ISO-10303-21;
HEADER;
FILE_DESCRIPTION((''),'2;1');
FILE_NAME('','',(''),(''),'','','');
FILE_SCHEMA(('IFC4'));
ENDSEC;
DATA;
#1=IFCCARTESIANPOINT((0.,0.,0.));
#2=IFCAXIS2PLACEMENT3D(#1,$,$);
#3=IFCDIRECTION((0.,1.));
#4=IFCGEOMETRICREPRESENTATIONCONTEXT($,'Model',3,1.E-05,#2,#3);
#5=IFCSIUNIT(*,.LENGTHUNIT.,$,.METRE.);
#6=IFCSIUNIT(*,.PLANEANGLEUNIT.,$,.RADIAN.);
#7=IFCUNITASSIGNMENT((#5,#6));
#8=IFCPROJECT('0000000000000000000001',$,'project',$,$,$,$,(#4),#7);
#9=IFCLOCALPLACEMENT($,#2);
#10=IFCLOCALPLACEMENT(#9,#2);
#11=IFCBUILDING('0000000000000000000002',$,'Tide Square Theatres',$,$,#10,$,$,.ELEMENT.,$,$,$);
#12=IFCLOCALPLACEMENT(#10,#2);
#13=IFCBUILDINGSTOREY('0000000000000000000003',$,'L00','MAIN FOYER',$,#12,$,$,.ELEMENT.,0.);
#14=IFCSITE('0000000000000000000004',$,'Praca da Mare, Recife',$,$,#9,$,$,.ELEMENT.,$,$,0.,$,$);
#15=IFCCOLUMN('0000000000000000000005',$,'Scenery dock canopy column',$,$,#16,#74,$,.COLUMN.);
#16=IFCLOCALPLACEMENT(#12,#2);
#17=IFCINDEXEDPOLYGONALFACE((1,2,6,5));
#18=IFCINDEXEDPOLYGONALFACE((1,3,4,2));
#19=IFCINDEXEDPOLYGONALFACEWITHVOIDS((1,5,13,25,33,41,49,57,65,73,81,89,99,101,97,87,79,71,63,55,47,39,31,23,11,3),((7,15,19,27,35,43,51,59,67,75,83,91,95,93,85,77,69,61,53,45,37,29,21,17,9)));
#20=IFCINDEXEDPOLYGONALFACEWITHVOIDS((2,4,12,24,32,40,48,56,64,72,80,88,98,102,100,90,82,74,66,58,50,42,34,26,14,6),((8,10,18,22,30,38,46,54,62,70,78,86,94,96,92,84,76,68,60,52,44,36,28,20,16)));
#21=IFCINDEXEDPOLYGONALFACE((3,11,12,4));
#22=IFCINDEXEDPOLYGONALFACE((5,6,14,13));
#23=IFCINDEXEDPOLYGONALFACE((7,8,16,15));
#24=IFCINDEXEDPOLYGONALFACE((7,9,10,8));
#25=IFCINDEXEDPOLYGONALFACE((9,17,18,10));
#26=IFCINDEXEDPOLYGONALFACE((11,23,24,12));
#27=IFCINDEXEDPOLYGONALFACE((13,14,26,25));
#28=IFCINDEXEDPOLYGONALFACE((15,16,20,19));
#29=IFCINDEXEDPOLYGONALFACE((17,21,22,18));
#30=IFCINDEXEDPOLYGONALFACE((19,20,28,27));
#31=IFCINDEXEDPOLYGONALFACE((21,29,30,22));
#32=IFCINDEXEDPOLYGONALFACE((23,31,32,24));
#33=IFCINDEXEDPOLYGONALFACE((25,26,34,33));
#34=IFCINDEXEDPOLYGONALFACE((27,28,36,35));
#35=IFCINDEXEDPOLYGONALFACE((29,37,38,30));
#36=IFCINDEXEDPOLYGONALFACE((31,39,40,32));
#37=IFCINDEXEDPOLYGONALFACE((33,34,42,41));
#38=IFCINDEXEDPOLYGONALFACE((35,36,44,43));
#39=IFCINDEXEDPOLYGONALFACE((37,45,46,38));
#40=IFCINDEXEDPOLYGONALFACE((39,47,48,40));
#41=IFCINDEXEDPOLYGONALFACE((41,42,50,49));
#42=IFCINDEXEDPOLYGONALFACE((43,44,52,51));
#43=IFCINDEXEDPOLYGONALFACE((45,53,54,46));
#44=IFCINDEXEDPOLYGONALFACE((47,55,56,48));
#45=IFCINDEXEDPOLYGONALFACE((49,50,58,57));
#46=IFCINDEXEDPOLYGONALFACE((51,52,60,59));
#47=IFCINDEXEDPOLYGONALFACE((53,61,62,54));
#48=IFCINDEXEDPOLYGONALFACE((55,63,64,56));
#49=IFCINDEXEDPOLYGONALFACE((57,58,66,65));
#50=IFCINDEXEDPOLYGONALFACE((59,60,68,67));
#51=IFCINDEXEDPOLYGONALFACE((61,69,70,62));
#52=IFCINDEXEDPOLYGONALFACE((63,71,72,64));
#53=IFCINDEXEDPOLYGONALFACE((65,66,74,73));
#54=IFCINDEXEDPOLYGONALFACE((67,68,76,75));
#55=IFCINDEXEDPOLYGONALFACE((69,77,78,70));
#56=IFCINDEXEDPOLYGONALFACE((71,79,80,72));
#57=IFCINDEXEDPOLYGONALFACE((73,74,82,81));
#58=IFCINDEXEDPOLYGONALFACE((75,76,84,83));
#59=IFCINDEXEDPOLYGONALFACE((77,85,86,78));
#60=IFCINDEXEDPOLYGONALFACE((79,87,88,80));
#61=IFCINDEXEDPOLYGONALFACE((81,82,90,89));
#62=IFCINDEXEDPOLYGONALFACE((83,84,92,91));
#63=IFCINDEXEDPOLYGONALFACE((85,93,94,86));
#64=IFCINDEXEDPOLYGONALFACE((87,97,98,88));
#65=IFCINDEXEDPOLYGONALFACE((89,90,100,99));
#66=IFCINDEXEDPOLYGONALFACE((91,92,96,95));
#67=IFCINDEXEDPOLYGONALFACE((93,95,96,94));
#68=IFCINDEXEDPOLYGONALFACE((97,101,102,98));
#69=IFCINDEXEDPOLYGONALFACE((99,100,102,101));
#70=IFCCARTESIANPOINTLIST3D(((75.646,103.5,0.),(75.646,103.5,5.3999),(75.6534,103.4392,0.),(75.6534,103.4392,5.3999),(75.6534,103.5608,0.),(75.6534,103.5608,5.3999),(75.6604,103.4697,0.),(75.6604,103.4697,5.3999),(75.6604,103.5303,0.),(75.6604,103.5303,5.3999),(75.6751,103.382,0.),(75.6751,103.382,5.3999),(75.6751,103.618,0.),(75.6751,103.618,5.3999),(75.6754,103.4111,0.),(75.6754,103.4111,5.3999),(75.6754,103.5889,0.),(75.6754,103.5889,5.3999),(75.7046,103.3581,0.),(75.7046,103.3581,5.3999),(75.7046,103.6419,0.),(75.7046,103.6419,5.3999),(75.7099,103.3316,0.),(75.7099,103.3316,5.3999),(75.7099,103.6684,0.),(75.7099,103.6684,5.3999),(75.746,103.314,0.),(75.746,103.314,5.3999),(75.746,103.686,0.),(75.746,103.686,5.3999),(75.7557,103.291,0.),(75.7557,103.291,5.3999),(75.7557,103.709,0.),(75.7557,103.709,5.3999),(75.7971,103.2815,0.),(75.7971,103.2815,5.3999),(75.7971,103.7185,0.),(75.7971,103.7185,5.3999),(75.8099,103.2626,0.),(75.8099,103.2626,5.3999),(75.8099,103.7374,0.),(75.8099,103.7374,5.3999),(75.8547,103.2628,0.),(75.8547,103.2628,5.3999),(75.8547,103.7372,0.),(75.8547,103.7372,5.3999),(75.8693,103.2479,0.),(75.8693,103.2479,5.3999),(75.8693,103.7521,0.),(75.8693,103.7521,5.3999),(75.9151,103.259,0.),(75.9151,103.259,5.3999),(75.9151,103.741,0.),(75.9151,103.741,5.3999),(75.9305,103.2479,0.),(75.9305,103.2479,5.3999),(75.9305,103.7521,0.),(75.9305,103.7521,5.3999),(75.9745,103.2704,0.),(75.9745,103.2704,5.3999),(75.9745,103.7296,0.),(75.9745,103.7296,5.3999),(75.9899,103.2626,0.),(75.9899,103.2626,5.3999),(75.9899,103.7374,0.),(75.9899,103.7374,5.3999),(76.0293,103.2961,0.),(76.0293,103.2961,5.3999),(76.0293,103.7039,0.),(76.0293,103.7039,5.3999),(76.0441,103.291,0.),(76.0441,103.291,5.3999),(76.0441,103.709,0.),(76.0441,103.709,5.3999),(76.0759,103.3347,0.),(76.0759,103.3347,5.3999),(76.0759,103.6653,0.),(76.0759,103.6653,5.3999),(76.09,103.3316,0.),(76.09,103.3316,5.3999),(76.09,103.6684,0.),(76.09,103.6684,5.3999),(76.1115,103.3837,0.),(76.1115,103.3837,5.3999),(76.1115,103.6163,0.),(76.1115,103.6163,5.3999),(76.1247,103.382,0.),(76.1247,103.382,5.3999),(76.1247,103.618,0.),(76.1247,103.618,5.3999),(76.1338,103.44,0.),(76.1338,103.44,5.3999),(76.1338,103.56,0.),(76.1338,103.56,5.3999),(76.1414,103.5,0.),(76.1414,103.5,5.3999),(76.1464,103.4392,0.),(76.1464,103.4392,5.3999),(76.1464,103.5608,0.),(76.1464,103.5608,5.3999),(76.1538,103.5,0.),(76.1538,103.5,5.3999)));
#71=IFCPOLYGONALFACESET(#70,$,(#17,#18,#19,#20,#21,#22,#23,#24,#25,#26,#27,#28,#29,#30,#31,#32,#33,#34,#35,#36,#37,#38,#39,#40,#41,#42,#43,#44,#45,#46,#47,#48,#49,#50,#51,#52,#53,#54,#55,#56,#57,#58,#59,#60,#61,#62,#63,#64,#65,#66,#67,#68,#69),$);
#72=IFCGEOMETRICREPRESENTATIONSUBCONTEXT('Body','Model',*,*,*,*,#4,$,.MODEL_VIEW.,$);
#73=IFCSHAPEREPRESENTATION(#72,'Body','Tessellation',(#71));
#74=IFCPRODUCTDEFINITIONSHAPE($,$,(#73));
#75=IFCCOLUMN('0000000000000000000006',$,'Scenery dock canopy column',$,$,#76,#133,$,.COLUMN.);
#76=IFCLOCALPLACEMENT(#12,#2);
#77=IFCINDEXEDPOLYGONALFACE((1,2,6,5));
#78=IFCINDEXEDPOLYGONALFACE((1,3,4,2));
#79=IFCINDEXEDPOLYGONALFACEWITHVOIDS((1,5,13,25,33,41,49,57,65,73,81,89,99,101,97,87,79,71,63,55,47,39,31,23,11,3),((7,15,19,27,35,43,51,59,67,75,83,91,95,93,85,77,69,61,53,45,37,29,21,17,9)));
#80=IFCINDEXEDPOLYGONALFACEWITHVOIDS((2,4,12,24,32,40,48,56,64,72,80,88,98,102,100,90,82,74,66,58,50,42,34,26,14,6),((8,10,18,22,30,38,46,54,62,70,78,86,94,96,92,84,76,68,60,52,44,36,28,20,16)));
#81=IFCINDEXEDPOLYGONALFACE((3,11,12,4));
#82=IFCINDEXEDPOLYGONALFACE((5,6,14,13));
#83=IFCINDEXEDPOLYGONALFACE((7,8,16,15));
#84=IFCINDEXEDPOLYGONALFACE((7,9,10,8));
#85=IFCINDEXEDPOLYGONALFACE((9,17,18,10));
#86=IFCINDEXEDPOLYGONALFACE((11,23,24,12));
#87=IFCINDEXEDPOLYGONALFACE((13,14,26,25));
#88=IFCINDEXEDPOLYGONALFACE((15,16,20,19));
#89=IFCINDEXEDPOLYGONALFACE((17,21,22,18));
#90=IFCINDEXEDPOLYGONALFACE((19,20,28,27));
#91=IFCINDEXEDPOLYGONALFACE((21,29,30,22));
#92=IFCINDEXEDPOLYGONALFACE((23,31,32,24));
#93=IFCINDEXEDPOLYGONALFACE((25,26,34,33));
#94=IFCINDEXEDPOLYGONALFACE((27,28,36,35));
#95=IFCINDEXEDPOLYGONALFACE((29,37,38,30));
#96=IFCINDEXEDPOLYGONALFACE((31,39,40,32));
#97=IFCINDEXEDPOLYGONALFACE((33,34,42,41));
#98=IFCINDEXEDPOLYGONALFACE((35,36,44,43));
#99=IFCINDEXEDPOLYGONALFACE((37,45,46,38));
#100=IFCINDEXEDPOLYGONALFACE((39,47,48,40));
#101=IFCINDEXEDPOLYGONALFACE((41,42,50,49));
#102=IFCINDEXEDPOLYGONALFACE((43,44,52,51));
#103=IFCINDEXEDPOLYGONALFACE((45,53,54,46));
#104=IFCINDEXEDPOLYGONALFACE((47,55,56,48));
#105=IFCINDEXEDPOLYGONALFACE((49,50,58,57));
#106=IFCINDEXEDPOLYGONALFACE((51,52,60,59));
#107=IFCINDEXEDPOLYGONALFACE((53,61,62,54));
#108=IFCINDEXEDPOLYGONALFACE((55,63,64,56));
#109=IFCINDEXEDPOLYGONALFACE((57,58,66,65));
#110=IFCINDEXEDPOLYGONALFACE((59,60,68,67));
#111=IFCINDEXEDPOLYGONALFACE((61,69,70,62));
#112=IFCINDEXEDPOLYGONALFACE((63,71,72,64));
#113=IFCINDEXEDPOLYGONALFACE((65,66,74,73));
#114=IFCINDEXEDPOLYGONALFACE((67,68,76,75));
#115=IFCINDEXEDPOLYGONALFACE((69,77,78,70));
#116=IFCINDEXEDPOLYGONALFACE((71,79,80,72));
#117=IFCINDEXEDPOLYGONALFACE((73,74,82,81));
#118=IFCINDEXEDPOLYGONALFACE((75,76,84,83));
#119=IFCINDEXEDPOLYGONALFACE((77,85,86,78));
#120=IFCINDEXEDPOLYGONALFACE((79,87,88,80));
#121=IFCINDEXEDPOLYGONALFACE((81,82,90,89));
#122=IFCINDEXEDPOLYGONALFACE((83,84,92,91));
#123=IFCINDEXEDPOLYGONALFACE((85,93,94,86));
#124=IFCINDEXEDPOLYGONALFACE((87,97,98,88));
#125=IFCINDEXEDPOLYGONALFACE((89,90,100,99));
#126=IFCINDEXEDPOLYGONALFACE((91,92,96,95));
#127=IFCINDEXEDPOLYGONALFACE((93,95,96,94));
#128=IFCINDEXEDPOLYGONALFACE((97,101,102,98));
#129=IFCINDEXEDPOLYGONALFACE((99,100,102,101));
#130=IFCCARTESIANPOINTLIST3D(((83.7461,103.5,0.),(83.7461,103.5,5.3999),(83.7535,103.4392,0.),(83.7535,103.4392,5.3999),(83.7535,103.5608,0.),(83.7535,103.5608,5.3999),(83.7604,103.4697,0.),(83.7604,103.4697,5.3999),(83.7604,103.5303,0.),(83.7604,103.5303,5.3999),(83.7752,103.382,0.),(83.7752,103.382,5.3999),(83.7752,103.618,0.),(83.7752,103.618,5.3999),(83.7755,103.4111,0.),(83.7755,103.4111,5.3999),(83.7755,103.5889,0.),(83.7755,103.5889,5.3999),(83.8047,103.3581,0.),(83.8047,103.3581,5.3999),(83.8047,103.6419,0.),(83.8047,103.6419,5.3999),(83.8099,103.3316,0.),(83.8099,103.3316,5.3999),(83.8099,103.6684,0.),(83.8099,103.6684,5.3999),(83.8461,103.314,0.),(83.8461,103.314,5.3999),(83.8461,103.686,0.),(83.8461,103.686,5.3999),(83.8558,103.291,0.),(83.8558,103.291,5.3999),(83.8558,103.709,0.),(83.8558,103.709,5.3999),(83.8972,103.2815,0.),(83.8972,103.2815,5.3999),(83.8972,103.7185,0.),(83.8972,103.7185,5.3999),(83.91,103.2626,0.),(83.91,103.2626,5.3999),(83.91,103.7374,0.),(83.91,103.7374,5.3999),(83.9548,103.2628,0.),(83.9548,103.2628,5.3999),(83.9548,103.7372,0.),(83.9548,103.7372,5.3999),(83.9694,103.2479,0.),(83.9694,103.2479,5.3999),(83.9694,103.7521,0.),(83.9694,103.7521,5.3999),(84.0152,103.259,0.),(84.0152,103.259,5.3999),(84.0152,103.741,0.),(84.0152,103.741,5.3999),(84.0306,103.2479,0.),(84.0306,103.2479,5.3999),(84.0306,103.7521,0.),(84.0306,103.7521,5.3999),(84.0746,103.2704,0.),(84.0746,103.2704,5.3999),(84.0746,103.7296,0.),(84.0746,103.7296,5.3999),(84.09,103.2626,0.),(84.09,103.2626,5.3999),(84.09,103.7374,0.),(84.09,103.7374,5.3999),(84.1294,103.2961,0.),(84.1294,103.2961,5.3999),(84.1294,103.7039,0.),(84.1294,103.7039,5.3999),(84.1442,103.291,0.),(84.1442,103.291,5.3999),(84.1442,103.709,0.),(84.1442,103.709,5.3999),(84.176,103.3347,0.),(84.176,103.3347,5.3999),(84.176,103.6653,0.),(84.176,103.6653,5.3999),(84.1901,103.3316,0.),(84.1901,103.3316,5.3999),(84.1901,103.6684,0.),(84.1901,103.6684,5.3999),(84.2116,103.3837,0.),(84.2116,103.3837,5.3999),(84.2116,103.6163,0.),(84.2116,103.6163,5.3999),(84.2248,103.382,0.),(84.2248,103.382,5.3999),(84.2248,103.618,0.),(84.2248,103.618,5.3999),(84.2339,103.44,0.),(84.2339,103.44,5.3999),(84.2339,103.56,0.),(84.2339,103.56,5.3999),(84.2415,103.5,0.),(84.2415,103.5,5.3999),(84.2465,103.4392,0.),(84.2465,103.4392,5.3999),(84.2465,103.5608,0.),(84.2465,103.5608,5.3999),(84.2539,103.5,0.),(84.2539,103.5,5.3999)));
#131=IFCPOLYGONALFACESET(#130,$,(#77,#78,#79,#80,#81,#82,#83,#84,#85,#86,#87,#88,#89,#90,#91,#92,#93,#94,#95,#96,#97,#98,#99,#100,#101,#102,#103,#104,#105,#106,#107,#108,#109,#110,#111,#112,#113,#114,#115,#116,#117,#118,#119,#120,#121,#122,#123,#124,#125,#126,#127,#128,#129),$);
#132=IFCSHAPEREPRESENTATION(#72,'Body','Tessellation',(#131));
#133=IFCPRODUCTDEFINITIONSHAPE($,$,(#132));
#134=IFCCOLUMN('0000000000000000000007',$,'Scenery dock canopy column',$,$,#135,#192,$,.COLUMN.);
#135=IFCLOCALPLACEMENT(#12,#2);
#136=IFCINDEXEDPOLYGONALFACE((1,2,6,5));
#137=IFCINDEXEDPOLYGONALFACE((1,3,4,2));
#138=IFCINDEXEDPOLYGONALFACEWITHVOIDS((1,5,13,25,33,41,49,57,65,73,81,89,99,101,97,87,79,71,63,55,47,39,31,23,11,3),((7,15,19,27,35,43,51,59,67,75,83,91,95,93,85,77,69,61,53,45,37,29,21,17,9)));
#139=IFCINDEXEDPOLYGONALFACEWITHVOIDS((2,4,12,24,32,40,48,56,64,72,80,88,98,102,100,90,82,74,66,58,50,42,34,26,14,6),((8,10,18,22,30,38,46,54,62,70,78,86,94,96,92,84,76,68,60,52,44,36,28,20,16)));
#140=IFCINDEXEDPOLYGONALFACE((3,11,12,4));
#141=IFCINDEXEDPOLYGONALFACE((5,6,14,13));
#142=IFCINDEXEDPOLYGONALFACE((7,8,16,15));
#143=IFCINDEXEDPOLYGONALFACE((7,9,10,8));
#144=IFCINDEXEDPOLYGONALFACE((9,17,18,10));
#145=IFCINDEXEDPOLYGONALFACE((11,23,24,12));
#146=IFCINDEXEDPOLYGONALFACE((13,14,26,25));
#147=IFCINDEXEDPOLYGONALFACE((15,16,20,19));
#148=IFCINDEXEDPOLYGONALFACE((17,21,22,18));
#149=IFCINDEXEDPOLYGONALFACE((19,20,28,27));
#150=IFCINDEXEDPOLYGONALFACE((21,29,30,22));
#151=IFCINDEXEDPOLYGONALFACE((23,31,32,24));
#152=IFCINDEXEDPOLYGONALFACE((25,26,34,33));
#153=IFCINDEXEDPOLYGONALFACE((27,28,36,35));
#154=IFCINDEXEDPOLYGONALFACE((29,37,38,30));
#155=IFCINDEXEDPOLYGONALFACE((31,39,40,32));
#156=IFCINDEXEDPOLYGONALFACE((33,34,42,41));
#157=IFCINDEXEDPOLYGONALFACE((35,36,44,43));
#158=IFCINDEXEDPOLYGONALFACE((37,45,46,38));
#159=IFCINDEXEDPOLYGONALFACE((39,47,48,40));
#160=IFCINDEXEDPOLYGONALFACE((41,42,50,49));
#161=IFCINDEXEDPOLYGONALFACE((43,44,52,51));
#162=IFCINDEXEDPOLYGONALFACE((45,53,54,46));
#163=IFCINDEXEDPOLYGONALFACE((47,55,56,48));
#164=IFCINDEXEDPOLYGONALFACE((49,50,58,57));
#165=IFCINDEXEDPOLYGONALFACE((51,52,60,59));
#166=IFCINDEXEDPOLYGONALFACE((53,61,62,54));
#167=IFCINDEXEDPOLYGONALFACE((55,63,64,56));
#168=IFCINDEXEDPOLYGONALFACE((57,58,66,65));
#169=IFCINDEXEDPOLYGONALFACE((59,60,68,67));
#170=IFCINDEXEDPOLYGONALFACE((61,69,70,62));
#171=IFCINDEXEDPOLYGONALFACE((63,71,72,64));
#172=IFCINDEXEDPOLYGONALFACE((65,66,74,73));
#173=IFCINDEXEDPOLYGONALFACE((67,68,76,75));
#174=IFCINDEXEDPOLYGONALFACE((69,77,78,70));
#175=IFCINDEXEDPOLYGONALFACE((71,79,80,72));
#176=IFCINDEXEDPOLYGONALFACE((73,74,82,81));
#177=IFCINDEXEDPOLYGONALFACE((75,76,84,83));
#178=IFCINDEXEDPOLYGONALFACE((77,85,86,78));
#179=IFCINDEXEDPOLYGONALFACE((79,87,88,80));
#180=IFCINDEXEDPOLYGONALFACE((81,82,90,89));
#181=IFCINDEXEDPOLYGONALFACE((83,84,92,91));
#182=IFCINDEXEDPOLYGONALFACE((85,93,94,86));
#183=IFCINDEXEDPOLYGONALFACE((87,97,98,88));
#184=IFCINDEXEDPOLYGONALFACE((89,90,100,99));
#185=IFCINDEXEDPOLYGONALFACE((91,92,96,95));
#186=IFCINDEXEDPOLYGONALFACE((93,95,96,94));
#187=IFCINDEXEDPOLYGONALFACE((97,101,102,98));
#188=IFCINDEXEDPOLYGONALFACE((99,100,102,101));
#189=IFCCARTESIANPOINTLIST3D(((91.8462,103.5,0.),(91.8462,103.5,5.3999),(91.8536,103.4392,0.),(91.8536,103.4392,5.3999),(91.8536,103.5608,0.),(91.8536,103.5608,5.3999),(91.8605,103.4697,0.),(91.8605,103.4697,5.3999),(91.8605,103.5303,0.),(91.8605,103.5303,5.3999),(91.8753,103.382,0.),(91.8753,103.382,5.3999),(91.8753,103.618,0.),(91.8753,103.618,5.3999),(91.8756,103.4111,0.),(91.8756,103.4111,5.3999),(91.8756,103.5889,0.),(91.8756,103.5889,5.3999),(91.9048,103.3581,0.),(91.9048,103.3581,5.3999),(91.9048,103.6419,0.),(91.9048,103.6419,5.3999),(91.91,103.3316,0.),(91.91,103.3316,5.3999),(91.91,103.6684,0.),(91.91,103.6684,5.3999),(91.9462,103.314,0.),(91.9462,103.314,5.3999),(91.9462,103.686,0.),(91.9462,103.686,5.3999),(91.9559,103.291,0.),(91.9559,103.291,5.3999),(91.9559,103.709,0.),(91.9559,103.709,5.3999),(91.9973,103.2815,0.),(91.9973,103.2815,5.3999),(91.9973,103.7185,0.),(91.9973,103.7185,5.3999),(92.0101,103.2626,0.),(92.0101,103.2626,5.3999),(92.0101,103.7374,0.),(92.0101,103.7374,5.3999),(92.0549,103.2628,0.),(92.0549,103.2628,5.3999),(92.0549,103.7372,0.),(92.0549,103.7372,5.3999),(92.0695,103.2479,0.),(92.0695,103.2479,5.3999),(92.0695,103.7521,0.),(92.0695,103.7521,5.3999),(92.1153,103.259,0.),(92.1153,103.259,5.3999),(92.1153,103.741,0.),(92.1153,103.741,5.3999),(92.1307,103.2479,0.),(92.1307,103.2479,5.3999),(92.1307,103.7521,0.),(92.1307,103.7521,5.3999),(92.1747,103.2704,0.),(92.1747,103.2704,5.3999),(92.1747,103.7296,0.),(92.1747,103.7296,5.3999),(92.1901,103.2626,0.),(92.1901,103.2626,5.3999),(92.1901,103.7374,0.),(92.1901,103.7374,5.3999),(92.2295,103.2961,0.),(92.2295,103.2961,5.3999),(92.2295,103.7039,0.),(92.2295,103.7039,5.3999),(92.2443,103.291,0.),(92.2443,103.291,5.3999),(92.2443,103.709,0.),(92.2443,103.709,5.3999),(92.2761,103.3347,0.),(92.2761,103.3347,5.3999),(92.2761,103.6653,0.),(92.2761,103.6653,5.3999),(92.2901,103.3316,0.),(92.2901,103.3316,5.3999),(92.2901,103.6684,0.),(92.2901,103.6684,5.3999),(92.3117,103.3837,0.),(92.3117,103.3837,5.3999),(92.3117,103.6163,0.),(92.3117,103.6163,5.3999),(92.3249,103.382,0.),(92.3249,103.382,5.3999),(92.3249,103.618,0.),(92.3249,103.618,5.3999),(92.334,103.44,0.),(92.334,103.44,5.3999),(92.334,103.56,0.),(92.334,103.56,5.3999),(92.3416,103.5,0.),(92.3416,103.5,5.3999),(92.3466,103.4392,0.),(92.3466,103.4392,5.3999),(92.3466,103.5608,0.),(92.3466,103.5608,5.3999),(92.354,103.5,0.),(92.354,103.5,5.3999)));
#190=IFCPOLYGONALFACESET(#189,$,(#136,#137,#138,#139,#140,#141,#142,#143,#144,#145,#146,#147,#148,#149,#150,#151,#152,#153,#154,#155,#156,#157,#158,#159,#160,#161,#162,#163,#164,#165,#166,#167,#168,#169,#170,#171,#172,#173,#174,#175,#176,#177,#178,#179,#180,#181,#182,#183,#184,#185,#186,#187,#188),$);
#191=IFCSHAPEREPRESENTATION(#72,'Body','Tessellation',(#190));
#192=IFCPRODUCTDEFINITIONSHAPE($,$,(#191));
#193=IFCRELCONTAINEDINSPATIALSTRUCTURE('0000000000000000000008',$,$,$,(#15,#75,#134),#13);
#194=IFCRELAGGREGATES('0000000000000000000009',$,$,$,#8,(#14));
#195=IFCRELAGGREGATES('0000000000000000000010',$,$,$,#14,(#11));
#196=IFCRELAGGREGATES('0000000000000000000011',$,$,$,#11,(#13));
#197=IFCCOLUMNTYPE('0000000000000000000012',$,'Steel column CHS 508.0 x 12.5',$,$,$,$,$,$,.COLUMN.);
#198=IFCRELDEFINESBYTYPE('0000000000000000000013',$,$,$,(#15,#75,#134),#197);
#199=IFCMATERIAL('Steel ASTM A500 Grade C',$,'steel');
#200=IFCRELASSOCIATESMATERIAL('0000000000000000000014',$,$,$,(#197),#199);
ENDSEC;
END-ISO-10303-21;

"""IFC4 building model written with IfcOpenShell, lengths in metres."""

from ifc_helpers import new_model, si_unit, direction, frame, origin, origin_2d, place, context, subcontext, project, spatial, hollow_circle, extrude, material, material_profile, profile_set, type_object, element, save


model = new_model("IFC4")

# Units and contexts
model_context = context("Model", 3, precision=1e-05, world=origin(), true_north=direction((0.0, 1.0)))
body_context = subcontext(model_context, "Body", "Model", "MODEL_VIEW")
ifc_project = project(units=[si_unit("LENGTHUNIT", "METRE"), si_unit("PLANEANGLEUNIT", "RADIAN")], contexts=[model_context])

# Site, building, storey
site_placement = place(None, origin())
site = spatial("IfcSite", under=ifc_project, at=site_placement, Name="Praca da Mare, Recife", CompositionType="ELEMENT", RefElevation=0.0)
building_placement = place(site_placement, origin())
building = spatial("IfcBuilding", under=site, at=building_placement, Name="Tide Square Theatres", CompositionType="ELEMENT")
storey_placement = place(building_placement, origin())
storey = spatial("IfcBuildingStorey", under=building, at=storey_placement, Name="L00", Description="MAIN FOYER", CompositionType="ELEMENT", Elevation=0.0)

# Columns
ifc_material_1 = material(Name="Steel ASTM A500 Grade C", Category="steel")
ifc_material_profile_1 = material_profile(ifc_material_1, hollow_circle(Radius=0.2539, WallThickness=0.0125, at=origin_2d()))
ifc_profile_set_1 = profile_set([ifc_material_profile_1], Name="Steel ASTM A500 Grade C")
column_type = type_object("IfcColumnType", Name="Steel column CHS 508.0 x 12.5", PredefinedType="COLUMN", material=ifc_profile_set_1)
for number, where, z_axis, x_axis, name in (
    (1, (75.8999, 103.5, 0.0), (0.0, 0.0, 1.0), (1.0, 0.0, 0.0), "Scenery dock canopy column"),
    (2, (84.0, 103.5, 0.0), (0.0, 0.0, 1.0), (1.0, 0.0, 0.0), "Scenery dock canopy column"),
    (3, (92.1001, 103.5, 0.0), (0.0, 0.0, 1.0), (1.0, 0.0, 0.0), "Scenery dock canopy column"),
):
    element("IfcColumn", number, at=place(storey_placement, frame(where, z_axis=z_axis, x_axis=x_axis)), inside=storey, type_object=column_type, Name=name, PredefinedType="COLUMN", context=body_context, shape_type="SweptSolid", body=[
        extrude(hollow_circle(Radius=0.2539, WallThickness=0.0125, at=origin_2d()), origin(), (0.0, 0.0, 1.0), 5.3999),
    ])

save(model, "model.ifc")
